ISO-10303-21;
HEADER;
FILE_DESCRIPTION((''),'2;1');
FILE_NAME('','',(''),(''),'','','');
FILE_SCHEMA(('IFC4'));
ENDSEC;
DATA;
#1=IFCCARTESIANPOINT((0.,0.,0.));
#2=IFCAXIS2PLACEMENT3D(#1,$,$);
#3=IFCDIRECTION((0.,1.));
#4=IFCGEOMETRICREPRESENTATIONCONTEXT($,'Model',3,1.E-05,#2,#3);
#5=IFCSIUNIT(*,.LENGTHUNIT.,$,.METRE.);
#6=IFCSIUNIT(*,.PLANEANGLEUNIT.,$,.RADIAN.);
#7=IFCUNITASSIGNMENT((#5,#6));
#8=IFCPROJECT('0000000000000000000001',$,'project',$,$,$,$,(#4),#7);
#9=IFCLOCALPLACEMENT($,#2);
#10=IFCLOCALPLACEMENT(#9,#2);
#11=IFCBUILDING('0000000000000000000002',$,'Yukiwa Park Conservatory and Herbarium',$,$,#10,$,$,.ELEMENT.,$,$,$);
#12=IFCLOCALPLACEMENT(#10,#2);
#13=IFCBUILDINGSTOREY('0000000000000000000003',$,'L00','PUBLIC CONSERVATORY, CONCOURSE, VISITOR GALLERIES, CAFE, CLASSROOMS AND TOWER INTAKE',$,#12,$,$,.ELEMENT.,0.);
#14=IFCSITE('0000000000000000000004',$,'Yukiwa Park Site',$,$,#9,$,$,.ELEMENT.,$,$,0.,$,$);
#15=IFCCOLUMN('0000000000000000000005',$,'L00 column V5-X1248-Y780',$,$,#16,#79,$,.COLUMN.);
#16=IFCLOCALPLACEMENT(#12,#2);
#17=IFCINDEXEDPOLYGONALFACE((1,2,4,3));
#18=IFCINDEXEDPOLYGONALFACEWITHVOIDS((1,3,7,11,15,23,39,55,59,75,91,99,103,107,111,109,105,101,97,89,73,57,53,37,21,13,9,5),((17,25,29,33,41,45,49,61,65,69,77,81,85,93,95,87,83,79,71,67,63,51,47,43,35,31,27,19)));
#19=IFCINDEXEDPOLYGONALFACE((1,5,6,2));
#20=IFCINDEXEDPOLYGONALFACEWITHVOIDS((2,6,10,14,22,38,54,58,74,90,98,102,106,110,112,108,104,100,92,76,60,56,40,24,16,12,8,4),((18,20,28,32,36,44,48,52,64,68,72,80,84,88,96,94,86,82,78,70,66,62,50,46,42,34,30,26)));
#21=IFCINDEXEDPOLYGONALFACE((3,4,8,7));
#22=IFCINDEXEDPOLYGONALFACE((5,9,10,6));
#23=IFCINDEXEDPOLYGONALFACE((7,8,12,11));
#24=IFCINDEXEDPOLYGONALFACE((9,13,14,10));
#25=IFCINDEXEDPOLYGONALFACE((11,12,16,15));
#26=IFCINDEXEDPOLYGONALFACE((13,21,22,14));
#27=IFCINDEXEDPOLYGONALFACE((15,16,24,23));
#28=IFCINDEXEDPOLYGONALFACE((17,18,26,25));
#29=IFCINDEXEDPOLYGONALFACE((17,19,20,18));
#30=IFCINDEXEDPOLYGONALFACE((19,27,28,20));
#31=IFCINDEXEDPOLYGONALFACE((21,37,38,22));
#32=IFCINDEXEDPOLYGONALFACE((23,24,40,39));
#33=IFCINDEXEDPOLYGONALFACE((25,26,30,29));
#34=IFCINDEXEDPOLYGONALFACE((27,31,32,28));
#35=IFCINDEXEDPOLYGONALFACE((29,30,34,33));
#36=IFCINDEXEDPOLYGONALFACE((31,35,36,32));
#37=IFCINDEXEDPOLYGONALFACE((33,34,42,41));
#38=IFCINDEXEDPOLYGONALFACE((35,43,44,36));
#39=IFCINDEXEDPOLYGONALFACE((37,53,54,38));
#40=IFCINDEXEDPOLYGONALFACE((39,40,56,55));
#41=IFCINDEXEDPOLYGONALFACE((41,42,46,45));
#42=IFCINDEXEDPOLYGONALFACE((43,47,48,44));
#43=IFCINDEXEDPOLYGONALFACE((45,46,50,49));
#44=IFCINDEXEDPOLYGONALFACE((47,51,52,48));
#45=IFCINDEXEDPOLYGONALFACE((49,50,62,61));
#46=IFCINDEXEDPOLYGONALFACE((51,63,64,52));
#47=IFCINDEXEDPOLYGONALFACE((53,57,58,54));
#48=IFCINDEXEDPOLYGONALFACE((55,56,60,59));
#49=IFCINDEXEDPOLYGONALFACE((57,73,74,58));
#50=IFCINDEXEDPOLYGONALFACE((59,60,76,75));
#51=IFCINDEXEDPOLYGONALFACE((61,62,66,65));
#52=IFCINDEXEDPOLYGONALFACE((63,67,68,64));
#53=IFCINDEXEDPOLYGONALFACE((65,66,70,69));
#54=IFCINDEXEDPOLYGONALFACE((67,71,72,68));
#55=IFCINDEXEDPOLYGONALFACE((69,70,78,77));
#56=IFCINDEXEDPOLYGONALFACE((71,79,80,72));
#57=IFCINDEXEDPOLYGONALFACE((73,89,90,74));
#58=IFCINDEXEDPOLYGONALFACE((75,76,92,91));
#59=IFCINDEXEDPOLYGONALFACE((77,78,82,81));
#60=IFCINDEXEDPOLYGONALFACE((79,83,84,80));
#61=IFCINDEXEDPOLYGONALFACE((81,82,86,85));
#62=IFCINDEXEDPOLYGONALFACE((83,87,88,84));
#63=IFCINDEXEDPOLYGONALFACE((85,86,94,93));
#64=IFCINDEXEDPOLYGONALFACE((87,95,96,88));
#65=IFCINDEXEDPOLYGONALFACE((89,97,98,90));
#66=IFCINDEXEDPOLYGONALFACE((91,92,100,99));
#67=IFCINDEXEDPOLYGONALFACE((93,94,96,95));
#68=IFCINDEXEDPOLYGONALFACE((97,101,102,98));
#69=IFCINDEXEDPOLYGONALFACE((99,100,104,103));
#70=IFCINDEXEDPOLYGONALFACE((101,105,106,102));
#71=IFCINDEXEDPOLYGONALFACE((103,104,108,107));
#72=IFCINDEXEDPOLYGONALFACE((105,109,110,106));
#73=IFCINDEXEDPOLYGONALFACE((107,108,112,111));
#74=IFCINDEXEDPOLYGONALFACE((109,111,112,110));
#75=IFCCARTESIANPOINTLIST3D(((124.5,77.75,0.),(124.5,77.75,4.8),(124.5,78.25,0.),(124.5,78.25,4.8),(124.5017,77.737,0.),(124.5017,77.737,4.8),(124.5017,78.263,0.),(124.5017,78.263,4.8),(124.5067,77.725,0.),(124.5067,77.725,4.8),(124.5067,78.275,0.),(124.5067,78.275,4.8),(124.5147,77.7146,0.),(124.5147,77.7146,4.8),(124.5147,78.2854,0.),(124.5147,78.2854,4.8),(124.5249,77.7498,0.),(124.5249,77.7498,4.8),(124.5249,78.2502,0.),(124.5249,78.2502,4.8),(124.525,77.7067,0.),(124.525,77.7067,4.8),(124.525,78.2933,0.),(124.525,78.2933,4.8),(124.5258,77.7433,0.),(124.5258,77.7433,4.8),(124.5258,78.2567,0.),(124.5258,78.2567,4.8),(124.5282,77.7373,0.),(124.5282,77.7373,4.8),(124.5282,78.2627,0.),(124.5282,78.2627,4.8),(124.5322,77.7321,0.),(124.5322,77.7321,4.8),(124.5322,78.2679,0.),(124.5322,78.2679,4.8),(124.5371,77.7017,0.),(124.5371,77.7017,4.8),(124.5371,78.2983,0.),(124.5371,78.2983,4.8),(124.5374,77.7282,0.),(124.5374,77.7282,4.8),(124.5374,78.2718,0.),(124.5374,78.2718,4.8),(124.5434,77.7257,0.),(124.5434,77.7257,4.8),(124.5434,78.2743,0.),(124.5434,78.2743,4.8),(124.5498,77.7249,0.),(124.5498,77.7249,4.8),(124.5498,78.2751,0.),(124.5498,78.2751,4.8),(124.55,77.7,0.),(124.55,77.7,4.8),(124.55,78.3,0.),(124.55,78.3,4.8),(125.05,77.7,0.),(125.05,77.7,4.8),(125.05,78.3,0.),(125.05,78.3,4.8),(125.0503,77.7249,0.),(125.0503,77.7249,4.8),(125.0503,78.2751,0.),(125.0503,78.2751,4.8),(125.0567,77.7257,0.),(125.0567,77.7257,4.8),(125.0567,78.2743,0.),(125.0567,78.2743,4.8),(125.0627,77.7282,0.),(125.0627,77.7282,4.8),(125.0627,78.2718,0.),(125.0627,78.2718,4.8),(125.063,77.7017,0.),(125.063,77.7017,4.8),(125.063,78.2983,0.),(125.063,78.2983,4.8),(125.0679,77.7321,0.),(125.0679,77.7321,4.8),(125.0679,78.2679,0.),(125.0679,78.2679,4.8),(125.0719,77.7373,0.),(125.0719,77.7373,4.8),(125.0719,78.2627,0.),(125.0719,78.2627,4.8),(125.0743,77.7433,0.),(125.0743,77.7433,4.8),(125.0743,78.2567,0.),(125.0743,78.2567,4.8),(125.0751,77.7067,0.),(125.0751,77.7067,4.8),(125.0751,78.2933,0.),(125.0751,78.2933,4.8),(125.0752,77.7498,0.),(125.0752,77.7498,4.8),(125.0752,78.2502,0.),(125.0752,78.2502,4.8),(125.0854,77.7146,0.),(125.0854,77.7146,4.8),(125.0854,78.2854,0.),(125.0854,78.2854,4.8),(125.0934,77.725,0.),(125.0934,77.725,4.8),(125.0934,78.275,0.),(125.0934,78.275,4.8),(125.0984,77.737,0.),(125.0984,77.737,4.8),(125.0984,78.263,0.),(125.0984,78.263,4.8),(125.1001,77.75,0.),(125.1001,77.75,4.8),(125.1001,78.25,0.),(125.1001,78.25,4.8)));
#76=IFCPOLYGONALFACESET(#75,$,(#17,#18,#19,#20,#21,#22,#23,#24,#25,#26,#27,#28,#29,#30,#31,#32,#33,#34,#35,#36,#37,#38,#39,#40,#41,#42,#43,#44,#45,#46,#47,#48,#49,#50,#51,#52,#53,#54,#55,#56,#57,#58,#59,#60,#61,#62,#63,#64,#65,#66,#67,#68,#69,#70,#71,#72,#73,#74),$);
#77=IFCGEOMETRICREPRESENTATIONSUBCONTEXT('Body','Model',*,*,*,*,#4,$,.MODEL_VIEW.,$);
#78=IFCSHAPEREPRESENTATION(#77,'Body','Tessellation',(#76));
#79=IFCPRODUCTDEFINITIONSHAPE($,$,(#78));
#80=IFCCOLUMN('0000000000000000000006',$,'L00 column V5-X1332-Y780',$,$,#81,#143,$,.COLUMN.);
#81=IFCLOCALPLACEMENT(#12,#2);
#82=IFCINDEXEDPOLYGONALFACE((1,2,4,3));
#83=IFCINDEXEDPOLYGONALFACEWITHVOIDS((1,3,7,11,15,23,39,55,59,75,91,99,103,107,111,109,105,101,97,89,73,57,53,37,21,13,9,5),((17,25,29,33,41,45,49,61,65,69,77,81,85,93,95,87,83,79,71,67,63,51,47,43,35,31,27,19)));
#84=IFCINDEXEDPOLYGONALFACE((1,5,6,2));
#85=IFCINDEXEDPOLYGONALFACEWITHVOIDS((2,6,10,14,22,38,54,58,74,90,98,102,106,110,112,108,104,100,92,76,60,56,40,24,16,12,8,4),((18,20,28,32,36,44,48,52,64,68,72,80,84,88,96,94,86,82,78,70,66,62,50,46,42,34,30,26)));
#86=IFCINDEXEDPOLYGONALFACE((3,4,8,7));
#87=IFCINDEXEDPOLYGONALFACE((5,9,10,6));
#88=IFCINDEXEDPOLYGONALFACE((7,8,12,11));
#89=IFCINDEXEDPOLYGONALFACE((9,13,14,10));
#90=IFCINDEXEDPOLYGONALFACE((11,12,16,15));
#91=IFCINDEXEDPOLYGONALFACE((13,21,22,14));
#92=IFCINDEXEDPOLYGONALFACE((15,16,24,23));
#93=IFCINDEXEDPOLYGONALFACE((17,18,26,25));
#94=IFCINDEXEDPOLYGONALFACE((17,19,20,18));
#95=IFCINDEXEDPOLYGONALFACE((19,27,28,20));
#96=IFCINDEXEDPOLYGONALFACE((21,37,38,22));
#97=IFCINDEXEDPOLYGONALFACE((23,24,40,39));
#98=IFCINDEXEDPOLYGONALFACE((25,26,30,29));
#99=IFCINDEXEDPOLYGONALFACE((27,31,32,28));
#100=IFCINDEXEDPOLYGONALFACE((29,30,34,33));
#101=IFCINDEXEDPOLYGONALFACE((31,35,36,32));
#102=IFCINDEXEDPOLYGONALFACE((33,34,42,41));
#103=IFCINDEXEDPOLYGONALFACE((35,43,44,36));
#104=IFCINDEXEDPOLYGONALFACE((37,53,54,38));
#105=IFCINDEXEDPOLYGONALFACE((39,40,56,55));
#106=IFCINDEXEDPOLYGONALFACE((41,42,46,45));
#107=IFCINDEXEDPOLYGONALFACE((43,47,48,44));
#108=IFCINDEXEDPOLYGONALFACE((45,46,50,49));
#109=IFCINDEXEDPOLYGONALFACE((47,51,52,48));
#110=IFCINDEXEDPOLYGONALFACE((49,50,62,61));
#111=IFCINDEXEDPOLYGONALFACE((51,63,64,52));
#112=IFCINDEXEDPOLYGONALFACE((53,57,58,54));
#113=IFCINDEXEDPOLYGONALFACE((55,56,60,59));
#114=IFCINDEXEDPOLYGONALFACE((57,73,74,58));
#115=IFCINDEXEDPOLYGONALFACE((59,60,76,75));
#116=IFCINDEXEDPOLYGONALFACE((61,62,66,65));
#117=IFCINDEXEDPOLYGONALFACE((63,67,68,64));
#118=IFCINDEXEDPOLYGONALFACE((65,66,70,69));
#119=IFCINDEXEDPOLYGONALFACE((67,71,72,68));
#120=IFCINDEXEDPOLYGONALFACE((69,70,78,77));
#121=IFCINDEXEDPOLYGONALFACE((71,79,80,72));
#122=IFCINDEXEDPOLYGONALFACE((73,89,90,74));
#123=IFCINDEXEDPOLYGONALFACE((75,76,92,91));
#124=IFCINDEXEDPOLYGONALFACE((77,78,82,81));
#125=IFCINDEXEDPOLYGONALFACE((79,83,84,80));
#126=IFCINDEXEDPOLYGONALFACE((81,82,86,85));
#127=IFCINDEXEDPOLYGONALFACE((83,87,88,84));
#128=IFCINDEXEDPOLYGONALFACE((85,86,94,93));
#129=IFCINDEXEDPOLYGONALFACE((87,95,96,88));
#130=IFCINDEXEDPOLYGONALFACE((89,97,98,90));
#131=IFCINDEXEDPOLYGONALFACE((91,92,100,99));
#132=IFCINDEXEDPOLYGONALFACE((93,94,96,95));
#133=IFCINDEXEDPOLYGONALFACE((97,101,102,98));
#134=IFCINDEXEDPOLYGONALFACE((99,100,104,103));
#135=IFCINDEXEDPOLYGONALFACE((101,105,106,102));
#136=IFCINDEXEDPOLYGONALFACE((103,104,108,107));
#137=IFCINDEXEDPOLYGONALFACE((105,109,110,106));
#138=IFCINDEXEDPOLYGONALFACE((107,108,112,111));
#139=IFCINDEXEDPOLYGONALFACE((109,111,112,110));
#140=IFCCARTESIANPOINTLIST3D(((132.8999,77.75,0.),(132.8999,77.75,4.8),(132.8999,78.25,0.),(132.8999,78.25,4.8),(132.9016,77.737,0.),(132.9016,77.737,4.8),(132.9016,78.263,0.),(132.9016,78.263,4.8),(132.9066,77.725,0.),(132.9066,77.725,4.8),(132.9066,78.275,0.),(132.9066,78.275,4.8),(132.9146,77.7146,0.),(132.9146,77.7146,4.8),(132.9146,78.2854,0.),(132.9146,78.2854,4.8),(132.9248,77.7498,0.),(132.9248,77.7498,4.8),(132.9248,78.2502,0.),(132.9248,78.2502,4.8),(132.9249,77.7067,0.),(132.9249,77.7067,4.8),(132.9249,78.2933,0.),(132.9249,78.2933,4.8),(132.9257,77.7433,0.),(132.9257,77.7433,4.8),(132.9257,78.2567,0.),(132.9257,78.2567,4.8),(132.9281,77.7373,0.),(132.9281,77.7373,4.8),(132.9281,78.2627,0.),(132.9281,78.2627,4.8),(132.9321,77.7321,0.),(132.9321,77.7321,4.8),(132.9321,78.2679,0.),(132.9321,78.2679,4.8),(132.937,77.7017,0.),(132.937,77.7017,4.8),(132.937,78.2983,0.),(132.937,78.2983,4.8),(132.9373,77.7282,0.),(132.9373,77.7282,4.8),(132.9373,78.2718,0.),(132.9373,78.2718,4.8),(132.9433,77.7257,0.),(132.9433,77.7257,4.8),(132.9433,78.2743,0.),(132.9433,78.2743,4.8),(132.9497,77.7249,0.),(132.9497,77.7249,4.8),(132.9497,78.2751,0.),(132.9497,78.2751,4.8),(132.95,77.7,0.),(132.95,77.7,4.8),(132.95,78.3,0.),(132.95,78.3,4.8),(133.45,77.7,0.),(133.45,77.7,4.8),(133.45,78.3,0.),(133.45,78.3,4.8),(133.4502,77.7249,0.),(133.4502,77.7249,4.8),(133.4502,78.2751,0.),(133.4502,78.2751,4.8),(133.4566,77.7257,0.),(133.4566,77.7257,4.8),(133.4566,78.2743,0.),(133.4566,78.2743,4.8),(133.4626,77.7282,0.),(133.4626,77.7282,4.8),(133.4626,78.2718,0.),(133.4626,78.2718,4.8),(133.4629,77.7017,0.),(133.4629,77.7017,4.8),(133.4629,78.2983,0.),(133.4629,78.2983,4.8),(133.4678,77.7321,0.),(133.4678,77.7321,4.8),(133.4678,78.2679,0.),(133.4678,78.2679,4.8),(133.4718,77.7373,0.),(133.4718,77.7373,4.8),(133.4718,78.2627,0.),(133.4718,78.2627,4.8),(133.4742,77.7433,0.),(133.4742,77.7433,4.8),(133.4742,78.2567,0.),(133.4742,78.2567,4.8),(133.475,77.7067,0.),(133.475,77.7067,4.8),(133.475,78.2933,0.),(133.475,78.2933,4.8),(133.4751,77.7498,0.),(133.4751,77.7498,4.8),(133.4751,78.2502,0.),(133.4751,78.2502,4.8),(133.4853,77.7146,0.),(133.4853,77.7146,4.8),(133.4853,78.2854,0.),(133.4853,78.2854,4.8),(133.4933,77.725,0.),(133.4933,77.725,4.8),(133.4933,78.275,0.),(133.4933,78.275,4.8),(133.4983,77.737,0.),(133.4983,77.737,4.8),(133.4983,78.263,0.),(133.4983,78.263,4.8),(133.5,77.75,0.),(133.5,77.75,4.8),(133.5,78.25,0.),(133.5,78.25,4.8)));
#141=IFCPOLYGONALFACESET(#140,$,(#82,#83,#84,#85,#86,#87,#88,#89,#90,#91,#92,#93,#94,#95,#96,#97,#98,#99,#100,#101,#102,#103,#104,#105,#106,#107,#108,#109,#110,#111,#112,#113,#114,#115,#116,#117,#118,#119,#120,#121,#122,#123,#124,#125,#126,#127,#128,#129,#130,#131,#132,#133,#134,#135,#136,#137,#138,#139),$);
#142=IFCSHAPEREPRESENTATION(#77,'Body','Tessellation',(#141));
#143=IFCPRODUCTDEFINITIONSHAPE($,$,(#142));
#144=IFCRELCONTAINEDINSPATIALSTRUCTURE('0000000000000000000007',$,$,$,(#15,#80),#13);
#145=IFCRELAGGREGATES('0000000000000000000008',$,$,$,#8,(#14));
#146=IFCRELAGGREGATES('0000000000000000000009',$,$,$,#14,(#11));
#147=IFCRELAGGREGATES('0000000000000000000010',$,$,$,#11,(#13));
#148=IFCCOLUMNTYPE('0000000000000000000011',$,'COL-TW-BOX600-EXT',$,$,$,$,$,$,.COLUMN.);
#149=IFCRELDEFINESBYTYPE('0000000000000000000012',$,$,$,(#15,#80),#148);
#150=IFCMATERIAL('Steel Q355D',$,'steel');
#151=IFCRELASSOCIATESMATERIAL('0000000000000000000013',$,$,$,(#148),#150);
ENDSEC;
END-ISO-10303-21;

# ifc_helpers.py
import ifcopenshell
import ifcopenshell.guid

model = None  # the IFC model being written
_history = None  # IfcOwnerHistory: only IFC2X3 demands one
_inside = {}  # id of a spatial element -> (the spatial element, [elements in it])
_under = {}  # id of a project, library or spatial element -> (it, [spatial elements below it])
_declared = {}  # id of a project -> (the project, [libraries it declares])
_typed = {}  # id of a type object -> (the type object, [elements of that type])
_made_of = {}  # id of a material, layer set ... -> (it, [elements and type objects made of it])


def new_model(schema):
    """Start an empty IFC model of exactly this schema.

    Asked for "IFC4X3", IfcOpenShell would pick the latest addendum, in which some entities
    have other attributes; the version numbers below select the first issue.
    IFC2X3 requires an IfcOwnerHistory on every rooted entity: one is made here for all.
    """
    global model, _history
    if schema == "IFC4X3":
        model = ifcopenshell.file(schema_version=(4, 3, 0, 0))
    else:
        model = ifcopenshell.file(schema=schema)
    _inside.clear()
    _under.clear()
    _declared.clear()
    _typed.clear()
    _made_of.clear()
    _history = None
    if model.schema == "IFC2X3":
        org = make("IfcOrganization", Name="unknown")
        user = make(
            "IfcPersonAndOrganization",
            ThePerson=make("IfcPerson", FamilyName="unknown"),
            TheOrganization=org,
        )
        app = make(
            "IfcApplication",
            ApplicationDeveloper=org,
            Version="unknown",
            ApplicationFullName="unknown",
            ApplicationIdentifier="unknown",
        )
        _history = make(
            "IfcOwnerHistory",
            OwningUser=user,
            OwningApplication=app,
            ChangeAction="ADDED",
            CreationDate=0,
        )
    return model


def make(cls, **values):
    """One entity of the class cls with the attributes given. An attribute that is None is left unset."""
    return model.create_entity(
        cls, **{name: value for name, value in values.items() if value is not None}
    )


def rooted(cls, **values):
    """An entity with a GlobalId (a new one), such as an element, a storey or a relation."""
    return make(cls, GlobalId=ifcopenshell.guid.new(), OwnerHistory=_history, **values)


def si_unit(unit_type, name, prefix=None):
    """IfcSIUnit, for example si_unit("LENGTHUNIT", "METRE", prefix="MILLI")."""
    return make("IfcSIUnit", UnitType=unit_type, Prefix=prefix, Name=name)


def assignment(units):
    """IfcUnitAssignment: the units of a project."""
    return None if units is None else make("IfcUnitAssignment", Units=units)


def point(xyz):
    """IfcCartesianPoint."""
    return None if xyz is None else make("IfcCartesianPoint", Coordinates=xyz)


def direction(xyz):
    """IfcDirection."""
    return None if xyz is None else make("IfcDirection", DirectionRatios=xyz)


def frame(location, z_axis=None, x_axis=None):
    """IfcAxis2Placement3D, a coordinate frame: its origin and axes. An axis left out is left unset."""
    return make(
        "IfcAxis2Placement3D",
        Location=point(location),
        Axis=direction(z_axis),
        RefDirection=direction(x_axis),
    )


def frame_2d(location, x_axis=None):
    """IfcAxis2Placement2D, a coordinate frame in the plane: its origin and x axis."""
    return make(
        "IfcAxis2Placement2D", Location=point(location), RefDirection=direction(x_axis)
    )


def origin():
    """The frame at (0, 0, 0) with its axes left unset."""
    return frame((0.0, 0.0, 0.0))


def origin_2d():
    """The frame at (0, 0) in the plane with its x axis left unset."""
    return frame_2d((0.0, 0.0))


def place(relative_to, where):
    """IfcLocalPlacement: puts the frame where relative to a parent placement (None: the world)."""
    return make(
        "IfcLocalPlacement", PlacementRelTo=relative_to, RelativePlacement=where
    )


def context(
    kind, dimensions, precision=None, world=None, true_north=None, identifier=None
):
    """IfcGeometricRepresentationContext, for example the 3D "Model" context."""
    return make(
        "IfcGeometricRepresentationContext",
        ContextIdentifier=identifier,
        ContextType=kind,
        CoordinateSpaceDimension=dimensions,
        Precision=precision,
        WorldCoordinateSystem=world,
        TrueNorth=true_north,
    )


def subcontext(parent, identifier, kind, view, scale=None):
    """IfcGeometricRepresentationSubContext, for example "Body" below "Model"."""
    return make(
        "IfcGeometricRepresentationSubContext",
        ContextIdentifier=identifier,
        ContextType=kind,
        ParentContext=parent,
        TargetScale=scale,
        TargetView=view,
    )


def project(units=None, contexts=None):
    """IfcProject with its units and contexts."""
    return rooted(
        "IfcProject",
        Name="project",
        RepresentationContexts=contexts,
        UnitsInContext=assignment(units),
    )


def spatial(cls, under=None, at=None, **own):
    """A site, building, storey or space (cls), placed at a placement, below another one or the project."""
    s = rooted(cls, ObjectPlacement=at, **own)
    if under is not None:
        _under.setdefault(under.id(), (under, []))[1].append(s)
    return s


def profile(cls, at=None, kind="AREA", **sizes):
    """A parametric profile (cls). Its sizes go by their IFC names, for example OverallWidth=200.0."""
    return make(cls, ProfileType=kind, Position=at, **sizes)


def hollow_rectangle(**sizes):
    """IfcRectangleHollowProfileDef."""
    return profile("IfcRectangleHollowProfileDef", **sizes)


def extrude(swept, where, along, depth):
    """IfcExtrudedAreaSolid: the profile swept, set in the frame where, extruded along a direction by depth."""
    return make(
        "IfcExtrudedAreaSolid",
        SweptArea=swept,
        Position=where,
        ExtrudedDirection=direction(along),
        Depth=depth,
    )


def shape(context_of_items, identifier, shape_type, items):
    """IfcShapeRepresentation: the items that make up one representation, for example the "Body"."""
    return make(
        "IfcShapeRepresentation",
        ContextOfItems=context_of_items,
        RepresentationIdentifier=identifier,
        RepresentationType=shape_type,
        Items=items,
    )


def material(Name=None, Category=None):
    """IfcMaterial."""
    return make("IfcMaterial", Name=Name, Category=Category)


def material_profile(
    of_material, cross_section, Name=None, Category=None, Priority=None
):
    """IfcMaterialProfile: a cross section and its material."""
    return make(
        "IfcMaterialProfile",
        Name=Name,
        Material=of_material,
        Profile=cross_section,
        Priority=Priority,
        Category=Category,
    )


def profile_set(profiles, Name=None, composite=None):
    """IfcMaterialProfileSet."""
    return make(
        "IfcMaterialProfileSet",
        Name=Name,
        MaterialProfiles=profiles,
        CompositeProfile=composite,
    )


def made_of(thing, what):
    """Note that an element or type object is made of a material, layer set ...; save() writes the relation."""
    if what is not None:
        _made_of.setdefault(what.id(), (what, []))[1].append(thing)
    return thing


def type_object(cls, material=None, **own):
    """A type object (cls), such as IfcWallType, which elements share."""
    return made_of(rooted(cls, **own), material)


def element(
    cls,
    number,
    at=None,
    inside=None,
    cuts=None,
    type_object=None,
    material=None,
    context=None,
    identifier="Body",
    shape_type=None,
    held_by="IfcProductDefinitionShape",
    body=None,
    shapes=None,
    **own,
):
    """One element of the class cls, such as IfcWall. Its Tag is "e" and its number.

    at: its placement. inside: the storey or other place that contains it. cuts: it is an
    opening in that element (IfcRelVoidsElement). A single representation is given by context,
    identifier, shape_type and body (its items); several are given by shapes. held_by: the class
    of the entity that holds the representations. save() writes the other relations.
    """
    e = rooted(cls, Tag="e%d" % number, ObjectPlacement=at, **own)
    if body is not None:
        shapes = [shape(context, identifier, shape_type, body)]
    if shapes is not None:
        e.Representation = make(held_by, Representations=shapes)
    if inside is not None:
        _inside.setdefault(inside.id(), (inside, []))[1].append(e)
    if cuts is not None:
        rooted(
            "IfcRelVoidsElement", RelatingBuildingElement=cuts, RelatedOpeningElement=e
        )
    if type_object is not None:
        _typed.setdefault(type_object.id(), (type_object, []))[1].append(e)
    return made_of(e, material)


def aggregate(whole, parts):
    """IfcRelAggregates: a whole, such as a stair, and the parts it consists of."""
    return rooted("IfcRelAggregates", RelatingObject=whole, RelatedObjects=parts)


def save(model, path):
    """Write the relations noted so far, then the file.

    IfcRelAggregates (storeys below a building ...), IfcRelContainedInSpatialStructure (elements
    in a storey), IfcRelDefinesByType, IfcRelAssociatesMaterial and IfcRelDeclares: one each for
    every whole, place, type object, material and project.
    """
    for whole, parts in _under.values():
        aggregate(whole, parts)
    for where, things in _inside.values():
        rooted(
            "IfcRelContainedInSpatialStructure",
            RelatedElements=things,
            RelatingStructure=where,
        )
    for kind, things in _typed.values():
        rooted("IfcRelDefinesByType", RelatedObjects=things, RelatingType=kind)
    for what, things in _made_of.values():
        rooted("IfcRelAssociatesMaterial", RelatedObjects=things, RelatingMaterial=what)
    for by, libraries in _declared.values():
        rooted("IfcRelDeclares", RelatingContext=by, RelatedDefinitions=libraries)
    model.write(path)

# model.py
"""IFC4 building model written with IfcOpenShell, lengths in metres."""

from ifc_helpers import new_model, si_unit, direction, frame, origin, origin_2d, place, context, subcontext, project, spatial, hollow_rectangle, extrude, material, material_profile, profile_set, type_object, element, save


model = new_model("IFC4")

# Units and contexts
model_context = context("Model", 3, precision=1e-05, world=origin(), true_north=direction((0.0, 1.0)))
body_context = subcontext(model_context, "Body", "Model", "MODEL_VIEW")
ifc_project = project(units=[si_unit("LENGTHUNIT", "METRE"), si_unit("PLANEANGLEUNIT", "RADIAN")], contexts=[model_context])

# Site, building, storey
site_placement = place(None, origin())
site = spatial("IfcSite", under=ifc_project, at=site_placement, Name="Yukiwa Park Site", CompositionType="ELEMENT", RefElevation=0.0)
building_placement = place(site_placement, origin())
building = spatial("IfcBuilding", under=site, at=building_placement, Name="Yukiwa Park Conservatory and Herbarium", CompositionType="ELEMENT")
storey_placement = place(building_placement, origin())
storey = spatial("IfcBuildingStorey", under=building, at=storey_placement, Name="L00", Description="PUBLIC CONSERVATORY, CONCOURSE, VISITOR GALLERIES, CAFE, CLASSROOMS AND TOWER INTAKE", CompositionType="ELEMENT", Elevation=0.0)

# Columns
ifc_material_1 = material(Name="Steel Q355D", Category="steel")
ifc_material_profile_1 = material_profile(ifc_material_1, hollow_rectangle(XDim=0.6001, YDim=0.6001, WallThickness=0.0249, InnerFilletRadius=0.0249, OuterFilletRadius=0.05, at=origin_2d()), Name="BOX 600x600x25")
ifc_profile_set_1 = profile_set([ifc_material_profile_1], Name="Steel Q355D")
column_type_1 = type_object("IfcColumnType", Name="COL-TW-BOX600-EXT", PredefinedType="COLUMN", material=ifc_profile_set_1)
for number, where, z_axis, x_axis, name in (
    (1, (124.8, 78.0, 0.0), (0.0, 0.0, 1.0), (1.0, 0.0, 0.0), "L00 column V5-X1248-Y780"),
    (2, (133.2, 78.0, 0.0), (0.0, 0.0, 1.0), (1.0, 0.0, 0.0), "L00 column V5-X1332-Y780"),
):
    element("IfcColumn", number, at=place(storey_placement, frame(where, z_axis=z_axis, x_axis=x_axis)), inside=storey, type_object=column_type_1, Name=name, PredefinedType="COLUMN", context=body_context, shape_type="SweptSolid", body=[
        extrude(hollow_rectangle(XDim=0.6001, YDim=0.6001, WallThickness=0.0249, InnerFilletRadius=0.0249, OuterFilletRadius=0.05, at=origin_2d()), origin(), (0.0, 0.0, 1.0), 4.8),
    ])

save(model, "model.ifc")
